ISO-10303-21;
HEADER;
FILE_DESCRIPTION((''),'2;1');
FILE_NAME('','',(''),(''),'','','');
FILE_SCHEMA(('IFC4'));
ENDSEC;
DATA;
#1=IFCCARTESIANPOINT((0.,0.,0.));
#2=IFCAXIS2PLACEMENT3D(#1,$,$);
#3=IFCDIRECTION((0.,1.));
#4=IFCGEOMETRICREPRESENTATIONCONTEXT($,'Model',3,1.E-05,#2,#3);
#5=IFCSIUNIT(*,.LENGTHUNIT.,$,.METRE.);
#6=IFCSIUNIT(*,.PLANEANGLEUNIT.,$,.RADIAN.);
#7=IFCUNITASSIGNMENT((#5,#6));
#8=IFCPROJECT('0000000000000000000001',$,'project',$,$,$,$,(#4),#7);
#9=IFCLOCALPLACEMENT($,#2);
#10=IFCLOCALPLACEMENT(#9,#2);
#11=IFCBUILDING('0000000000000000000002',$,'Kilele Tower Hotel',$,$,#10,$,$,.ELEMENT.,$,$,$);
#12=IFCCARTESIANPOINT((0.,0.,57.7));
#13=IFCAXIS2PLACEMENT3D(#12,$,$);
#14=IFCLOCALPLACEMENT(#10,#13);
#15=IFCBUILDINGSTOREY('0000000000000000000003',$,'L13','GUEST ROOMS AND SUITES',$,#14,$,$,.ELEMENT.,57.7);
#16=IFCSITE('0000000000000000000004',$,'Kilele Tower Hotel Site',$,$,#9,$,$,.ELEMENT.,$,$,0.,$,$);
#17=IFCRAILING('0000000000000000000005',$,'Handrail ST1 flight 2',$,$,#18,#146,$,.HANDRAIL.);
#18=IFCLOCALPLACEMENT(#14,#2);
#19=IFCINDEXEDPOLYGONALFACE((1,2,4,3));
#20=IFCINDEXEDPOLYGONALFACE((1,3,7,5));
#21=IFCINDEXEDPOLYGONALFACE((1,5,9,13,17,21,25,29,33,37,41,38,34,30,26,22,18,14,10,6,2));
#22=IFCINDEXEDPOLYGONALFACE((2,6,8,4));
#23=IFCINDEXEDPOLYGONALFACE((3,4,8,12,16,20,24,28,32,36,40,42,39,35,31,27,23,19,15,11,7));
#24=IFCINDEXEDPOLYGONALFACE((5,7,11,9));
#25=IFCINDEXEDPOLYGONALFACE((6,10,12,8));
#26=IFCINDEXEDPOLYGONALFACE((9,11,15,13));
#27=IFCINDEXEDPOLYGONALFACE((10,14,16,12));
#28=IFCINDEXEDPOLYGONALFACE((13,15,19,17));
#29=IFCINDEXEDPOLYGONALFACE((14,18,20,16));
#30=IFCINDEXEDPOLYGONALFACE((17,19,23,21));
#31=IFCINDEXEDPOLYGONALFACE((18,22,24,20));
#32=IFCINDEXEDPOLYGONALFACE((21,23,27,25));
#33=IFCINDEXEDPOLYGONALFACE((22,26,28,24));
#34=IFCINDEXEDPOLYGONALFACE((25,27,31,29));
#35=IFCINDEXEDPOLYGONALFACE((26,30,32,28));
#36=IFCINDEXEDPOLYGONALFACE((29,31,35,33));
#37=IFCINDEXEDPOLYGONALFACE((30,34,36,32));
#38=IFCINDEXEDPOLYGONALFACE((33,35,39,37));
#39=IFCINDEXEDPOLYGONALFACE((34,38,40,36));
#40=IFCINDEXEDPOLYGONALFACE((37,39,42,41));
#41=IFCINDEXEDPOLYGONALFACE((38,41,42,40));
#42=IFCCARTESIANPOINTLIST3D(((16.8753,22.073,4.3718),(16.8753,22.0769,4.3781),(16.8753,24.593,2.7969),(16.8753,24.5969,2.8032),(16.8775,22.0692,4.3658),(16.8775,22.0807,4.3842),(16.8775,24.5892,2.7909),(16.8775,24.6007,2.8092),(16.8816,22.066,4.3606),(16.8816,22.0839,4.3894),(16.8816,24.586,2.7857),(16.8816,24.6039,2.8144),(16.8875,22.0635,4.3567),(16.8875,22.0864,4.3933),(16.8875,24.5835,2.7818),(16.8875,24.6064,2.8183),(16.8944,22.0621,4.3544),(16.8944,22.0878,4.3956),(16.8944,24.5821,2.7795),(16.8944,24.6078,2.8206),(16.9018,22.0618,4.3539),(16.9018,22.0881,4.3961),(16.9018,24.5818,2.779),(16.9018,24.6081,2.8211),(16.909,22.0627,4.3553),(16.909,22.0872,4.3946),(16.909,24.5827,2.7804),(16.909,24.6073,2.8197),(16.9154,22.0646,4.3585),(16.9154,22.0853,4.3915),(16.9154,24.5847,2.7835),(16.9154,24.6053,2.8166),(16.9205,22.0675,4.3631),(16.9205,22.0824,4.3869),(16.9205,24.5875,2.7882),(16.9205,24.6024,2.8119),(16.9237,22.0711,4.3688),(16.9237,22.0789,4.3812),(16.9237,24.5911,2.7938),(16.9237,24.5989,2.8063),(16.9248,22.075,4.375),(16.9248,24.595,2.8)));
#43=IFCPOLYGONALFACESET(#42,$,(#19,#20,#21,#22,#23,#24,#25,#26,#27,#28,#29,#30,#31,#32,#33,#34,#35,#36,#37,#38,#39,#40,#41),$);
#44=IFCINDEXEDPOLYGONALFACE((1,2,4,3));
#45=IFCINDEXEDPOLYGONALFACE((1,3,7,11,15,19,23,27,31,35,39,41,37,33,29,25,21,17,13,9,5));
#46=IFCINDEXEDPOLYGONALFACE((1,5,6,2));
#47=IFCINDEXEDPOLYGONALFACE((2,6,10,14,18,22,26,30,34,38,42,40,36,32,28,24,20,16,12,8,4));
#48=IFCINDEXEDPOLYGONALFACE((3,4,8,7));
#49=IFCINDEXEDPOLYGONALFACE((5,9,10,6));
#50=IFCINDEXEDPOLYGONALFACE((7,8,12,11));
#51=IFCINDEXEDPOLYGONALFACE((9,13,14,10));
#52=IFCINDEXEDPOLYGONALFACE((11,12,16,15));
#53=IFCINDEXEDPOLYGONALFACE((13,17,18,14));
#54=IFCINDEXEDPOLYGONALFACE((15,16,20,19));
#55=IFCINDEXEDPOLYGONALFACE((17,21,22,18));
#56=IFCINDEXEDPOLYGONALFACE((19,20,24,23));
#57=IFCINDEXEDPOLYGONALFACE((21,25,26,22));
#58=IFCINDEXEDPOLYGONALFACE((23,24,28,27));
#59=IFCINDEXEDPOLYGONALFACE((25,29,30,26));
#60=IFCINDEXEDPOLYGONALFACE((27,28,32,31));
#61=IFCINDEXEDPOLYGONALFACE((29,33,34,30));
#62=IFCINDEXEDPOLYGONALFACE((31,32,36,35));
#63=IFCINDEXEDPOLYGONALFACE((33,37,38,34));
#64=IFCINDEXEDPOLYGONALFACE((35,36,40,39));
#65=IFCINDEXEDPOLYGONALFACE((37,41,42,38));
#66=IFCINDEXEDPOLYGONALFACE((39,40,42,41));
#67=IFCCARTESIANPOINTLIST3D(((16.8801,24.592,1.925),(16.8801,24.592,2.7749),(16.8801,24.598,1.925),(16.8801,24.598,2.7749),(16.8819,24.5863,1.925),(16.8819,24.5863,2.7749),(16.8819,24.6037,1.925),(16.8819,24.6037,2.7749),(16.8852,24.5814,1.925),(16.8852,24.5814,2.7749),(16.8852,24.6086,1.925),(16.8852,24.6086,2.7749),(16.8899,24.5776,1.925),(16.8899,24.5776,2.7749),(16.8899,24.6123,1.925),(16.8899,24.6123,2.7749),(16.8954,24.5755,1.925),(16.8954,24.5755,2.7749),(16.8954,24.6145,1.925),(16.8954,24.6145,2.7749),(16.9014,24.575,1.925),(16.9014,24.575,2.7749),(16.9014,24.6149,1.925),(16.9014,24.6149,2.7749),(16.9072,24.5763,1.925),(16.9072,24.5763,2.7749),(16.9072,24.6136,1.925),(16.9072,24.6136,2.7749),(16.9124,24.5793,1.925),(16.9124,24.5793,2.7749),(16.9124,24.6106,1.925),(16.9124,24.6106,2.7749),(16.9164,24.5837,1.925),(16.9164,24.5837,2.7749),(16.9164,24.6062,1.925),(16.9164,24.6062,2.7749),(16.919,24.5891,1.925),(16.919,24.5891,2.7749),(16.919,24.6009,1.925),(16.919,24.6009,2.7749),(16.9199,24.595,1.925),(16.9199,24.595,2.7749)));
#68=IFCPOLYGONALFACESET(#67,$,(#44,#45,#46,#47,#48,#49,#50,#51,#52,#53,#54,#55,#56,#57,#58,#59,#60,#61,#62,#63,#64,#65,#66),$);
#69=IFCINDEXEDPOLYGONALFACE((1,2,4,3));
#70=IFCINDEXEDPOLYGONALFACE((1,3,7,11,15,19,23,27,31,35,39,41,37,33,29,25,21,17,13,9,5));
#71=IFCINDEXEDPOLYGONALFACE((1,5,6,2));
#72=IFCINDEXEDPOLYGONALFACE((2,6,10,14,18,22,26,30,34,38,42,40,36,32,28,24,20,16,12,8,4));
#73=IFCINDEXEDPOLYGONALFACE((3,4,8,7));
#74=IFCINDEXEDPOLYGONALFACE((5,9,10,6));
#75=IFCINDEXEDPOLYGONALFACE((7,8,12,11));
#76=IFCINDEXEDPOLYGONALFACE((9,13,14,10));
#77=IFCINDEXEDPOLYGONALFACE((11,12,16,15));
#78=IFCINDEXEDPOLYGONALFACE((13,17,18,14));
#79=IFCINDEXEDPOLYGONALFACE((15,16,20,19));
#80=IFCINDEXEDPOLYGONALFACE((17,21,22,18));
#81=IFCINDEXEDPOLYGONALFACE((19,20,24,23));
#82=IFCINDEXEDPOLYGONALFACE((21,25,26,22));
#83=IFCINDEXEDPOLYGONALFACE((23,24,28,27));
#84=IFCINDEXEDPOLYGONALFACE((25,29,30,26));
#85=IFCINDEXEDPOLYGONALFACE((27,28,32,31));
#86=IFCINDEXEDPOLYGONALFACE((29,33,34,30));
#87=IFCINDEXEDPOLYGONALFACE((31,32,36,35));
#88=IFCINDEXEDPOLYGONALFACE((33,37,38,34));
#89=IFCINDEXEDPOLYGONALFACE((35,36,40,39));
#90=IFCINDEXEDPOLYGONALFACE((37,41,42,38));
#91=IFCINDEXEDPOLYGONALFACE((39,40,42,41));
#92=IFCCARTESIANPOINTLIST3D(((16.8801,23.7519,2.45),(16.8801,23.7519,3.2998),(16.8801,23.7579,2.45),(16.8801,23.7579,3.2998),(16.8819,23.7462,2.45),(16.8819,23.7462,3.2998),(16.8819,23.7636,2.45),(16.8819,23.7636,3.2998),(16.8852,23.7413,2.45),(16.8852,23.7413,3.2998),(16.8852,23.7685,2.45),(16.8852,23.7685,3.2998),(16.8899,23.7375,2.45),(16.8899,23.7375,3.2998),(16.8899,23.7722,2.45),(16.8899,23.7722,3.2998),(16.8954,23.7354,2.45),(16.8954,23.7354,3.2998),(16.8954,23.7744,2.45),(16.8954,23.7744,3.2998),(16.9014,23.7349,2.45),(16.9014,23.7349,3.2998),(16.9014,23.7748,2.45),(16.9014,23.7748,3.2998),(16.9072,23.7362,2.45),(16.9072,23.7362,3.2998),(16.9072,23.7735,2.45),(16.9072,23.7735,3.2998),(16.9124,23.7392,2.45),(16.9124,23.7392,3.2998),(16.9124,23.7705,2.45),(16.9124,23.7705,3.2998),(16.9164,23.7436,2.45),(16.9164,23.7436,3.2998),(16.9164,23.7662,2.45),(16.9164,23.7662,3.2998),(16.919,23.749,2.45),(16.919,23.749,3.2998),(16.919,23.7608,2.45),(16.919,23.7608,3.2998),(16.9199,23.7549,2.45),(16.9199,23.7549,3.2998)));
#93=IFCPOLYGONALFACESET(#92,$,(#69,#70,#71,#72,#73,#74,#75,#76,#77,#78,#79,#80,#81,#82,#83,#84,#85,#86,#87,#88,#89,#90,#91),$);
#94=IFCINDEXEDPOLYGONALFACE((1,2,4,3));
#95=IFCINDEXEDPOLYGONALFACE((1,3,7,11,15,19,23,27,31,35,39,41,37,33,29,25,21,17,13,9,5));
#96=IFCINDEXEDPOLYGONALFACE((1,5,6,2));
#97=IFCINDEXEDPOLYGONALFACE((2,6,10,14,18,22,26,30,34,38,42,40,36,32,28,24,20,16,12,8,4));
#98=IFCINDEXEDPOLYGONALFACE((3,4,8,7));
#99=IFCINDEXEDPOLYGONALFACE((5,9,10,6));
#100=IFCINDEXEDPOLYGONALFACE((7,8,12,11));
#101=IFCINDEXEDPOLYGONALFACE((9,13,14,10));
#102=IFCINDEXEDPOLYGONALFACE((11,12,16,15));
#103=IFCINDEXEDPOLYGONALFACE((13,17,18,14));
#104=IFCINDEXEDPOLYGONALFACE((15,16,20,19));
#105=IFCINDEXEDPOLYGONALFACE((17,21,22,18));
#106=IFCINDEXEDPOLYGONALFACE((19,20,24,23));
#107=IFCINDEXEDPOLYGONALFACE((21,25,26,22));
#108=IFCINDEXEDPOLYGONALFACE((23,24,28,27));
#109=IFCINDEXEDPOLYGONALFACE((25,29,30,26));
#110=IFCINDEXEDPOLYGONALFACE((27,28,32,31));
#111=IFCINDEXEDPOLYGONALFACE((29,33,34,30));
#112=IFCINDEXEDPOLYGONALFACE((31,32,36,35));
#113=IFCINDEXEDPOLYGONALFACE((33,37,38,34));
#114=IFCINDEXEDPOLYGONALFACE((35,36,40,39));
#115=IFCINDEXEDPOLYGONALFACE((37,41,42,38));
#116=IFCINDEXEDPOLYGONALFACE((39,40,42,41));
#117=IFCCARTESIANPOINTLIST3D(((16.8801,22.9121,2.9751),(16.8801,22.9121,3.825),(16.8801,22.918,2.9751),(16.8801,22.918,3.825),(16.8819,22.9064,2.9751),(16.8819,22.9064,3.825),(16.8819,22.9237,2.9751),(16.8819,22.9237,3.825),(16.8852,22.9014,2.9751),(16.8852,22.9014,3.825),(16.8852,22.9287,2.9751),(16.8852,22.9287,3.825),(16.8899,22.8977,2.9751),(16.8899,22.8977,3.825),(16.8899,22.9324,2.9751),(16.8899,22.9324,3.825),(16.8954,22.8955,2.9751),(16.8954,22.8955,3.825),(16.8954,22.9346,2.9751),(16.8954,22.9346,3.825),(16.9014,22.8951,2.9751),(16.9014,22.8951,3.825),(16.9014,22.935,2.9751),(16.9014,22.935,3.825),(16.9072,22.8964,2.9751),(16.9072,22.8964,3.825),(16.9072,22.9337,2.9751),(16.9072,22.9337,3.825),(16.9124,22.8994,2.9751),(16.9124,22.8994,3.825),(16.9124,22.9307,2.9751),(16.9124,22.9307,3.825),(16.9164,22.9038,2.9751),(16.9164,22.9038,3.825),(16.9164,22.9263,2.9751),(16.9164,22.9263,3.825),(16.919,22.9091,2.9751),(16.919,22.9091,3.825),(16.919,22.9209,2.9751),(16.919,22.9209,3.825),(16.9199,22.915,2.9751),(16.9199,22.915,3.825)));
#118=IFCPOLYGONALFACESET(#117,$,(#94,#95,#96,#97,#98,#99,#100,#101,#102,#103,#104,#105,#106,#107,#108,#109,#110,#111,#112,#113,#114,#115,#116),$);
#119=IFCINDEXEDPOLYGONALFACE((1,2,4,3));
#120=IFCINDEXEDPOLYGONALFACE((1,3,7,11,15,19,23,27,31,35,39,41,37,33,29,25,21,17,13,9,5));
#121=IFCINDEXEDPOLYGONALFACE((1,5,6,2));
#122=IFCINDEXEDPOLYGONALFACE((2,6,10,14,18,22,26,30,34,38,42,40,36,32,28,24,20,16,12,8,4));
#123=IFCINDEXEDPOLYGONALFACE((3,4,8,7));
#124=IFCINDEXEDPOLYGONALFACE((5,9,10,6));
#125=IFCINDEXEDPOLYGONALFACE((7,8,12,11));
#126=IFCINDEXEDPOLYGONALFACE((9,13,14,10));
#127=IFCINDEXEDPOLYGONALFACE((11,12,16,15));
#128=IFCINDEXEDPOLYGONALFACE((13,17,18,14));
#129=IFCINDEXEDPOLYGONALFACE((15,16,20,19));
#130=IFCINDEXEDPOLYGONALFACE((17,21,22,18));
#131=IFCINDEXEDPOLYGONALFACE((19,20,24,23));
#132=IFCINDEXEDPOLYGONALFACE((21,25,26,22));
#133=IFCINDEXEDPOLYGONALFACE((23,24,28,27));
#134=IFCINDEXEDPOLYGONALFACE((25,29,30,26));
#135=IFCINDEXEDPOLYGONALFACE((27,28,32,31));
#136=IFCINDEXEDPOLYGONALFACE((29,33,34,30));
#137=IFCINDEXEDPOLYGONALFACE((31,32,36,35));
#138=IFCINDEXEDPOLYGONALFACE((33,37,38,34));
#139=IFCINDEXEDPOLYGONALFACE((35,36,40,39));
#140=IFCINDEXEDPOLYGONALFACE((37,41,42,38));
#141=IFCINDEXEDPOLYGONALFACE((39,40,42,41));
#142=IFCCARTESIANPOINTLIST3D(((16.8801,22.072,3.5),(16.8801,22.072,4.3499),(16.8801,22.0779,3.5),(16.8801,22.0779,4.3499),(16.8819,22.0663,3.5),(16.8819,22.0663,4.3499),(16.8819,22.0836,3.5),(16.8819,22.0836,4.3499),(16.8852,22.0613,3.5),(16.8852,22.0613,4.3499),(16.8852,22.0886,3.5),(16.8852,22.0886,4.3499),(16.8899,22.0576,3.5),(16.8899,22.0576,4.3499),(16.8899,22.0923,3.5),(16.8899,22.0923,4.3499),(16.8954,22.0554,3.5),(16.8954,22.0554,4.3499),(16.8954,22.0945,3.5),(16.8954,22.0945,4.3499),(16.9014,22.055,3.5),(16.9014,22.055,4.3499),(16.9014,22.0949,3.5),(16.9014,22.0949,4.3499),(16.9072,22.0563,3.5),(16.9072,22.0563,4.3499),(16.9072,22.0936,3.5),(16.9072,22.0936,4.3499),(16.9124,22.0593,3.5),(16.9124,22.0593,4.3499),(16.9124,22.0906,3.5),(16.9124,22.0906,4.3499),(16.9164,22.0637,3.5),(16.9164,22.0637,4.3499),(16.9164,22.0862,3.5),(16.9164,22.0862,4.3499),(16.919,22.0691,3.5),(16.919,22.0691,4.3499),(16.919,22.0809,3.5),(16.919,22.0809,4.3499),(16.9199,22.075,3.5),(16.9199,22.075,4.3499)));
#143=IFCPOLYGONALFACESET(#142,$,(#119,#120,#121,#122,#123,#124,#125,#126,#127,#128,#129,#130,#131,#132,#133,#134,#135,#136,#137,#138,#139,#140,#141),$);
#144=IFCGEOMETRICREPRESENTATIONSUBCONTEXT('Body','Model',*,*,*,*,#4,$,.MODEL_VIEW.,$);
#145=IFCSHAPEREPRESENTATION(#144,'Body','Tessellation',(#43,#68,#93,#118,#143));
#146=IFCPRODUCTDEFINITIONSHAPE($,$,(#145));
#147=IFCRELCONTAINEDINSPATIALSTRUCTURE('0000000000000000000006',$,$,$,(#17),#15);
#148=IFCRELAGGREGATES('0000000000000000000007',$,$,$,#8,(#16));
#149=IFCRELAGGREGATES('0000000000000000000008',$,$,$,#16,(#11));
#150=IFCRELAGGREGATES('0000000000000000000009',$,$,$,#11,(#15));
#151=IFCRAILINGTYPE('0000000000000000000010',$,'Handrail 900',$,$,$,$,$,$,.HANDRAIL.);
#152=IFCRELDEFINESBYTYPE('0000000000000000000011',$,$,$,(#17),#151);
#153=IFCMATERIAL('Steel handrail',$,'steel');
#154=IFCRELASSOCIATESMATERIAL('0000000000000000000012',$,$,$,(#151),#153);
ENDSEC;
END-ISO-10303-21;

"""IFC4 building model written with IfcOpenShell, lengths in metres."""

from ifc_helpers import new_model, si_unit, direction, frame, origin, origin_2d, place, context, subcontext, project, spatial, circle, extrude, material, type_object, element, save


model = new_model("IFC4")

# Units and contexts
model_context = context("Model", 3, precision=1e-05, world=origin(), true_north=direction((0.0, 1.0)))
body_context = subcontext(model_context, "Body", "Model", "MODEL_VIEW")
ifc_project = project(units=[si_unit("LENGTHUNIT", "METRE"), si_unit("PLANEANGLEUNIT", "RADIAN")], contexts=[model_context])

# Site, building, storey
site_placement = place(None, origin())
site = spatial("IfcSite", under=ifc_project, at=site_placement, Name="Kilele Tower Hotel Site", CompositionType="ELEMENT", RefElevation=0.0)
building_placement = place(site_placement, origin())
building = spatial("IfcBuilding", under=site, at=building_placement, Name="Kilele Tower Hotel", CompositionType="ELEMENT")
storey_placement = place(building_placement, frame((0.0, 0.0, 57.7)))
storey = spatial("IfcBuildingStorey", under=building, at=storey_placement, Name="L13", Description="GUEST ROOMS AND SUITES", CompositionType="ELEMENT", Elevation=57.7)

# Railing
ifc_material_1 = material(Name="Steel handrail", Category="steel")
railing_type_1 = type_object("IfcRailingType", Name="Handrail 900", PredefinedType="HANDRAIL", material=ifc_material_1)
for number, where, name in (
    (1, (16.8999, 24.595, 1.925), "Handrail ST1 flight 2"),
):
    element("IfcRailing", number, at=place(storey_placement, frame(where)), inside=storey, type_object=railing_type_1, Name=name, PredefinedType="HANDRAIL", context=body_context, shape_type="SweptSolid", body=[
        extrude(circle(Radius=0.0249, at=origin_2d()), frame((0.0, 0.0, 0.875), z_axis=(0.0, -0.848008, 0.529984), x_axis=(1.0, 0.0, 0.0)), (0.0, 0.0, 1.0), 2.9717),
        extrude(circle(Radius=0.02, at=origin_2d()), origin(), (0.0, 0.0, 1.0), 0.8499),
        extrude(circle(Radius=0.02, at=origin_2d()), frame((0.0, -0.8401, 0.5249)), (0.0, 0.0, 1.0), 0.8499),
        extrude(circle(Radius=0.02, at=origin_2d()), frame((0.0, -1.6799, 1.05)), (0.0, 0.0, 1.0), 0.8499),
        extrude(circle(Radius=0.02, at=origin_2d()), frame((0.0, -2.52, 1.575)), (0.0, 0.0, 1.0), 0.8499),
    ])

save(model, "model.ifc")
